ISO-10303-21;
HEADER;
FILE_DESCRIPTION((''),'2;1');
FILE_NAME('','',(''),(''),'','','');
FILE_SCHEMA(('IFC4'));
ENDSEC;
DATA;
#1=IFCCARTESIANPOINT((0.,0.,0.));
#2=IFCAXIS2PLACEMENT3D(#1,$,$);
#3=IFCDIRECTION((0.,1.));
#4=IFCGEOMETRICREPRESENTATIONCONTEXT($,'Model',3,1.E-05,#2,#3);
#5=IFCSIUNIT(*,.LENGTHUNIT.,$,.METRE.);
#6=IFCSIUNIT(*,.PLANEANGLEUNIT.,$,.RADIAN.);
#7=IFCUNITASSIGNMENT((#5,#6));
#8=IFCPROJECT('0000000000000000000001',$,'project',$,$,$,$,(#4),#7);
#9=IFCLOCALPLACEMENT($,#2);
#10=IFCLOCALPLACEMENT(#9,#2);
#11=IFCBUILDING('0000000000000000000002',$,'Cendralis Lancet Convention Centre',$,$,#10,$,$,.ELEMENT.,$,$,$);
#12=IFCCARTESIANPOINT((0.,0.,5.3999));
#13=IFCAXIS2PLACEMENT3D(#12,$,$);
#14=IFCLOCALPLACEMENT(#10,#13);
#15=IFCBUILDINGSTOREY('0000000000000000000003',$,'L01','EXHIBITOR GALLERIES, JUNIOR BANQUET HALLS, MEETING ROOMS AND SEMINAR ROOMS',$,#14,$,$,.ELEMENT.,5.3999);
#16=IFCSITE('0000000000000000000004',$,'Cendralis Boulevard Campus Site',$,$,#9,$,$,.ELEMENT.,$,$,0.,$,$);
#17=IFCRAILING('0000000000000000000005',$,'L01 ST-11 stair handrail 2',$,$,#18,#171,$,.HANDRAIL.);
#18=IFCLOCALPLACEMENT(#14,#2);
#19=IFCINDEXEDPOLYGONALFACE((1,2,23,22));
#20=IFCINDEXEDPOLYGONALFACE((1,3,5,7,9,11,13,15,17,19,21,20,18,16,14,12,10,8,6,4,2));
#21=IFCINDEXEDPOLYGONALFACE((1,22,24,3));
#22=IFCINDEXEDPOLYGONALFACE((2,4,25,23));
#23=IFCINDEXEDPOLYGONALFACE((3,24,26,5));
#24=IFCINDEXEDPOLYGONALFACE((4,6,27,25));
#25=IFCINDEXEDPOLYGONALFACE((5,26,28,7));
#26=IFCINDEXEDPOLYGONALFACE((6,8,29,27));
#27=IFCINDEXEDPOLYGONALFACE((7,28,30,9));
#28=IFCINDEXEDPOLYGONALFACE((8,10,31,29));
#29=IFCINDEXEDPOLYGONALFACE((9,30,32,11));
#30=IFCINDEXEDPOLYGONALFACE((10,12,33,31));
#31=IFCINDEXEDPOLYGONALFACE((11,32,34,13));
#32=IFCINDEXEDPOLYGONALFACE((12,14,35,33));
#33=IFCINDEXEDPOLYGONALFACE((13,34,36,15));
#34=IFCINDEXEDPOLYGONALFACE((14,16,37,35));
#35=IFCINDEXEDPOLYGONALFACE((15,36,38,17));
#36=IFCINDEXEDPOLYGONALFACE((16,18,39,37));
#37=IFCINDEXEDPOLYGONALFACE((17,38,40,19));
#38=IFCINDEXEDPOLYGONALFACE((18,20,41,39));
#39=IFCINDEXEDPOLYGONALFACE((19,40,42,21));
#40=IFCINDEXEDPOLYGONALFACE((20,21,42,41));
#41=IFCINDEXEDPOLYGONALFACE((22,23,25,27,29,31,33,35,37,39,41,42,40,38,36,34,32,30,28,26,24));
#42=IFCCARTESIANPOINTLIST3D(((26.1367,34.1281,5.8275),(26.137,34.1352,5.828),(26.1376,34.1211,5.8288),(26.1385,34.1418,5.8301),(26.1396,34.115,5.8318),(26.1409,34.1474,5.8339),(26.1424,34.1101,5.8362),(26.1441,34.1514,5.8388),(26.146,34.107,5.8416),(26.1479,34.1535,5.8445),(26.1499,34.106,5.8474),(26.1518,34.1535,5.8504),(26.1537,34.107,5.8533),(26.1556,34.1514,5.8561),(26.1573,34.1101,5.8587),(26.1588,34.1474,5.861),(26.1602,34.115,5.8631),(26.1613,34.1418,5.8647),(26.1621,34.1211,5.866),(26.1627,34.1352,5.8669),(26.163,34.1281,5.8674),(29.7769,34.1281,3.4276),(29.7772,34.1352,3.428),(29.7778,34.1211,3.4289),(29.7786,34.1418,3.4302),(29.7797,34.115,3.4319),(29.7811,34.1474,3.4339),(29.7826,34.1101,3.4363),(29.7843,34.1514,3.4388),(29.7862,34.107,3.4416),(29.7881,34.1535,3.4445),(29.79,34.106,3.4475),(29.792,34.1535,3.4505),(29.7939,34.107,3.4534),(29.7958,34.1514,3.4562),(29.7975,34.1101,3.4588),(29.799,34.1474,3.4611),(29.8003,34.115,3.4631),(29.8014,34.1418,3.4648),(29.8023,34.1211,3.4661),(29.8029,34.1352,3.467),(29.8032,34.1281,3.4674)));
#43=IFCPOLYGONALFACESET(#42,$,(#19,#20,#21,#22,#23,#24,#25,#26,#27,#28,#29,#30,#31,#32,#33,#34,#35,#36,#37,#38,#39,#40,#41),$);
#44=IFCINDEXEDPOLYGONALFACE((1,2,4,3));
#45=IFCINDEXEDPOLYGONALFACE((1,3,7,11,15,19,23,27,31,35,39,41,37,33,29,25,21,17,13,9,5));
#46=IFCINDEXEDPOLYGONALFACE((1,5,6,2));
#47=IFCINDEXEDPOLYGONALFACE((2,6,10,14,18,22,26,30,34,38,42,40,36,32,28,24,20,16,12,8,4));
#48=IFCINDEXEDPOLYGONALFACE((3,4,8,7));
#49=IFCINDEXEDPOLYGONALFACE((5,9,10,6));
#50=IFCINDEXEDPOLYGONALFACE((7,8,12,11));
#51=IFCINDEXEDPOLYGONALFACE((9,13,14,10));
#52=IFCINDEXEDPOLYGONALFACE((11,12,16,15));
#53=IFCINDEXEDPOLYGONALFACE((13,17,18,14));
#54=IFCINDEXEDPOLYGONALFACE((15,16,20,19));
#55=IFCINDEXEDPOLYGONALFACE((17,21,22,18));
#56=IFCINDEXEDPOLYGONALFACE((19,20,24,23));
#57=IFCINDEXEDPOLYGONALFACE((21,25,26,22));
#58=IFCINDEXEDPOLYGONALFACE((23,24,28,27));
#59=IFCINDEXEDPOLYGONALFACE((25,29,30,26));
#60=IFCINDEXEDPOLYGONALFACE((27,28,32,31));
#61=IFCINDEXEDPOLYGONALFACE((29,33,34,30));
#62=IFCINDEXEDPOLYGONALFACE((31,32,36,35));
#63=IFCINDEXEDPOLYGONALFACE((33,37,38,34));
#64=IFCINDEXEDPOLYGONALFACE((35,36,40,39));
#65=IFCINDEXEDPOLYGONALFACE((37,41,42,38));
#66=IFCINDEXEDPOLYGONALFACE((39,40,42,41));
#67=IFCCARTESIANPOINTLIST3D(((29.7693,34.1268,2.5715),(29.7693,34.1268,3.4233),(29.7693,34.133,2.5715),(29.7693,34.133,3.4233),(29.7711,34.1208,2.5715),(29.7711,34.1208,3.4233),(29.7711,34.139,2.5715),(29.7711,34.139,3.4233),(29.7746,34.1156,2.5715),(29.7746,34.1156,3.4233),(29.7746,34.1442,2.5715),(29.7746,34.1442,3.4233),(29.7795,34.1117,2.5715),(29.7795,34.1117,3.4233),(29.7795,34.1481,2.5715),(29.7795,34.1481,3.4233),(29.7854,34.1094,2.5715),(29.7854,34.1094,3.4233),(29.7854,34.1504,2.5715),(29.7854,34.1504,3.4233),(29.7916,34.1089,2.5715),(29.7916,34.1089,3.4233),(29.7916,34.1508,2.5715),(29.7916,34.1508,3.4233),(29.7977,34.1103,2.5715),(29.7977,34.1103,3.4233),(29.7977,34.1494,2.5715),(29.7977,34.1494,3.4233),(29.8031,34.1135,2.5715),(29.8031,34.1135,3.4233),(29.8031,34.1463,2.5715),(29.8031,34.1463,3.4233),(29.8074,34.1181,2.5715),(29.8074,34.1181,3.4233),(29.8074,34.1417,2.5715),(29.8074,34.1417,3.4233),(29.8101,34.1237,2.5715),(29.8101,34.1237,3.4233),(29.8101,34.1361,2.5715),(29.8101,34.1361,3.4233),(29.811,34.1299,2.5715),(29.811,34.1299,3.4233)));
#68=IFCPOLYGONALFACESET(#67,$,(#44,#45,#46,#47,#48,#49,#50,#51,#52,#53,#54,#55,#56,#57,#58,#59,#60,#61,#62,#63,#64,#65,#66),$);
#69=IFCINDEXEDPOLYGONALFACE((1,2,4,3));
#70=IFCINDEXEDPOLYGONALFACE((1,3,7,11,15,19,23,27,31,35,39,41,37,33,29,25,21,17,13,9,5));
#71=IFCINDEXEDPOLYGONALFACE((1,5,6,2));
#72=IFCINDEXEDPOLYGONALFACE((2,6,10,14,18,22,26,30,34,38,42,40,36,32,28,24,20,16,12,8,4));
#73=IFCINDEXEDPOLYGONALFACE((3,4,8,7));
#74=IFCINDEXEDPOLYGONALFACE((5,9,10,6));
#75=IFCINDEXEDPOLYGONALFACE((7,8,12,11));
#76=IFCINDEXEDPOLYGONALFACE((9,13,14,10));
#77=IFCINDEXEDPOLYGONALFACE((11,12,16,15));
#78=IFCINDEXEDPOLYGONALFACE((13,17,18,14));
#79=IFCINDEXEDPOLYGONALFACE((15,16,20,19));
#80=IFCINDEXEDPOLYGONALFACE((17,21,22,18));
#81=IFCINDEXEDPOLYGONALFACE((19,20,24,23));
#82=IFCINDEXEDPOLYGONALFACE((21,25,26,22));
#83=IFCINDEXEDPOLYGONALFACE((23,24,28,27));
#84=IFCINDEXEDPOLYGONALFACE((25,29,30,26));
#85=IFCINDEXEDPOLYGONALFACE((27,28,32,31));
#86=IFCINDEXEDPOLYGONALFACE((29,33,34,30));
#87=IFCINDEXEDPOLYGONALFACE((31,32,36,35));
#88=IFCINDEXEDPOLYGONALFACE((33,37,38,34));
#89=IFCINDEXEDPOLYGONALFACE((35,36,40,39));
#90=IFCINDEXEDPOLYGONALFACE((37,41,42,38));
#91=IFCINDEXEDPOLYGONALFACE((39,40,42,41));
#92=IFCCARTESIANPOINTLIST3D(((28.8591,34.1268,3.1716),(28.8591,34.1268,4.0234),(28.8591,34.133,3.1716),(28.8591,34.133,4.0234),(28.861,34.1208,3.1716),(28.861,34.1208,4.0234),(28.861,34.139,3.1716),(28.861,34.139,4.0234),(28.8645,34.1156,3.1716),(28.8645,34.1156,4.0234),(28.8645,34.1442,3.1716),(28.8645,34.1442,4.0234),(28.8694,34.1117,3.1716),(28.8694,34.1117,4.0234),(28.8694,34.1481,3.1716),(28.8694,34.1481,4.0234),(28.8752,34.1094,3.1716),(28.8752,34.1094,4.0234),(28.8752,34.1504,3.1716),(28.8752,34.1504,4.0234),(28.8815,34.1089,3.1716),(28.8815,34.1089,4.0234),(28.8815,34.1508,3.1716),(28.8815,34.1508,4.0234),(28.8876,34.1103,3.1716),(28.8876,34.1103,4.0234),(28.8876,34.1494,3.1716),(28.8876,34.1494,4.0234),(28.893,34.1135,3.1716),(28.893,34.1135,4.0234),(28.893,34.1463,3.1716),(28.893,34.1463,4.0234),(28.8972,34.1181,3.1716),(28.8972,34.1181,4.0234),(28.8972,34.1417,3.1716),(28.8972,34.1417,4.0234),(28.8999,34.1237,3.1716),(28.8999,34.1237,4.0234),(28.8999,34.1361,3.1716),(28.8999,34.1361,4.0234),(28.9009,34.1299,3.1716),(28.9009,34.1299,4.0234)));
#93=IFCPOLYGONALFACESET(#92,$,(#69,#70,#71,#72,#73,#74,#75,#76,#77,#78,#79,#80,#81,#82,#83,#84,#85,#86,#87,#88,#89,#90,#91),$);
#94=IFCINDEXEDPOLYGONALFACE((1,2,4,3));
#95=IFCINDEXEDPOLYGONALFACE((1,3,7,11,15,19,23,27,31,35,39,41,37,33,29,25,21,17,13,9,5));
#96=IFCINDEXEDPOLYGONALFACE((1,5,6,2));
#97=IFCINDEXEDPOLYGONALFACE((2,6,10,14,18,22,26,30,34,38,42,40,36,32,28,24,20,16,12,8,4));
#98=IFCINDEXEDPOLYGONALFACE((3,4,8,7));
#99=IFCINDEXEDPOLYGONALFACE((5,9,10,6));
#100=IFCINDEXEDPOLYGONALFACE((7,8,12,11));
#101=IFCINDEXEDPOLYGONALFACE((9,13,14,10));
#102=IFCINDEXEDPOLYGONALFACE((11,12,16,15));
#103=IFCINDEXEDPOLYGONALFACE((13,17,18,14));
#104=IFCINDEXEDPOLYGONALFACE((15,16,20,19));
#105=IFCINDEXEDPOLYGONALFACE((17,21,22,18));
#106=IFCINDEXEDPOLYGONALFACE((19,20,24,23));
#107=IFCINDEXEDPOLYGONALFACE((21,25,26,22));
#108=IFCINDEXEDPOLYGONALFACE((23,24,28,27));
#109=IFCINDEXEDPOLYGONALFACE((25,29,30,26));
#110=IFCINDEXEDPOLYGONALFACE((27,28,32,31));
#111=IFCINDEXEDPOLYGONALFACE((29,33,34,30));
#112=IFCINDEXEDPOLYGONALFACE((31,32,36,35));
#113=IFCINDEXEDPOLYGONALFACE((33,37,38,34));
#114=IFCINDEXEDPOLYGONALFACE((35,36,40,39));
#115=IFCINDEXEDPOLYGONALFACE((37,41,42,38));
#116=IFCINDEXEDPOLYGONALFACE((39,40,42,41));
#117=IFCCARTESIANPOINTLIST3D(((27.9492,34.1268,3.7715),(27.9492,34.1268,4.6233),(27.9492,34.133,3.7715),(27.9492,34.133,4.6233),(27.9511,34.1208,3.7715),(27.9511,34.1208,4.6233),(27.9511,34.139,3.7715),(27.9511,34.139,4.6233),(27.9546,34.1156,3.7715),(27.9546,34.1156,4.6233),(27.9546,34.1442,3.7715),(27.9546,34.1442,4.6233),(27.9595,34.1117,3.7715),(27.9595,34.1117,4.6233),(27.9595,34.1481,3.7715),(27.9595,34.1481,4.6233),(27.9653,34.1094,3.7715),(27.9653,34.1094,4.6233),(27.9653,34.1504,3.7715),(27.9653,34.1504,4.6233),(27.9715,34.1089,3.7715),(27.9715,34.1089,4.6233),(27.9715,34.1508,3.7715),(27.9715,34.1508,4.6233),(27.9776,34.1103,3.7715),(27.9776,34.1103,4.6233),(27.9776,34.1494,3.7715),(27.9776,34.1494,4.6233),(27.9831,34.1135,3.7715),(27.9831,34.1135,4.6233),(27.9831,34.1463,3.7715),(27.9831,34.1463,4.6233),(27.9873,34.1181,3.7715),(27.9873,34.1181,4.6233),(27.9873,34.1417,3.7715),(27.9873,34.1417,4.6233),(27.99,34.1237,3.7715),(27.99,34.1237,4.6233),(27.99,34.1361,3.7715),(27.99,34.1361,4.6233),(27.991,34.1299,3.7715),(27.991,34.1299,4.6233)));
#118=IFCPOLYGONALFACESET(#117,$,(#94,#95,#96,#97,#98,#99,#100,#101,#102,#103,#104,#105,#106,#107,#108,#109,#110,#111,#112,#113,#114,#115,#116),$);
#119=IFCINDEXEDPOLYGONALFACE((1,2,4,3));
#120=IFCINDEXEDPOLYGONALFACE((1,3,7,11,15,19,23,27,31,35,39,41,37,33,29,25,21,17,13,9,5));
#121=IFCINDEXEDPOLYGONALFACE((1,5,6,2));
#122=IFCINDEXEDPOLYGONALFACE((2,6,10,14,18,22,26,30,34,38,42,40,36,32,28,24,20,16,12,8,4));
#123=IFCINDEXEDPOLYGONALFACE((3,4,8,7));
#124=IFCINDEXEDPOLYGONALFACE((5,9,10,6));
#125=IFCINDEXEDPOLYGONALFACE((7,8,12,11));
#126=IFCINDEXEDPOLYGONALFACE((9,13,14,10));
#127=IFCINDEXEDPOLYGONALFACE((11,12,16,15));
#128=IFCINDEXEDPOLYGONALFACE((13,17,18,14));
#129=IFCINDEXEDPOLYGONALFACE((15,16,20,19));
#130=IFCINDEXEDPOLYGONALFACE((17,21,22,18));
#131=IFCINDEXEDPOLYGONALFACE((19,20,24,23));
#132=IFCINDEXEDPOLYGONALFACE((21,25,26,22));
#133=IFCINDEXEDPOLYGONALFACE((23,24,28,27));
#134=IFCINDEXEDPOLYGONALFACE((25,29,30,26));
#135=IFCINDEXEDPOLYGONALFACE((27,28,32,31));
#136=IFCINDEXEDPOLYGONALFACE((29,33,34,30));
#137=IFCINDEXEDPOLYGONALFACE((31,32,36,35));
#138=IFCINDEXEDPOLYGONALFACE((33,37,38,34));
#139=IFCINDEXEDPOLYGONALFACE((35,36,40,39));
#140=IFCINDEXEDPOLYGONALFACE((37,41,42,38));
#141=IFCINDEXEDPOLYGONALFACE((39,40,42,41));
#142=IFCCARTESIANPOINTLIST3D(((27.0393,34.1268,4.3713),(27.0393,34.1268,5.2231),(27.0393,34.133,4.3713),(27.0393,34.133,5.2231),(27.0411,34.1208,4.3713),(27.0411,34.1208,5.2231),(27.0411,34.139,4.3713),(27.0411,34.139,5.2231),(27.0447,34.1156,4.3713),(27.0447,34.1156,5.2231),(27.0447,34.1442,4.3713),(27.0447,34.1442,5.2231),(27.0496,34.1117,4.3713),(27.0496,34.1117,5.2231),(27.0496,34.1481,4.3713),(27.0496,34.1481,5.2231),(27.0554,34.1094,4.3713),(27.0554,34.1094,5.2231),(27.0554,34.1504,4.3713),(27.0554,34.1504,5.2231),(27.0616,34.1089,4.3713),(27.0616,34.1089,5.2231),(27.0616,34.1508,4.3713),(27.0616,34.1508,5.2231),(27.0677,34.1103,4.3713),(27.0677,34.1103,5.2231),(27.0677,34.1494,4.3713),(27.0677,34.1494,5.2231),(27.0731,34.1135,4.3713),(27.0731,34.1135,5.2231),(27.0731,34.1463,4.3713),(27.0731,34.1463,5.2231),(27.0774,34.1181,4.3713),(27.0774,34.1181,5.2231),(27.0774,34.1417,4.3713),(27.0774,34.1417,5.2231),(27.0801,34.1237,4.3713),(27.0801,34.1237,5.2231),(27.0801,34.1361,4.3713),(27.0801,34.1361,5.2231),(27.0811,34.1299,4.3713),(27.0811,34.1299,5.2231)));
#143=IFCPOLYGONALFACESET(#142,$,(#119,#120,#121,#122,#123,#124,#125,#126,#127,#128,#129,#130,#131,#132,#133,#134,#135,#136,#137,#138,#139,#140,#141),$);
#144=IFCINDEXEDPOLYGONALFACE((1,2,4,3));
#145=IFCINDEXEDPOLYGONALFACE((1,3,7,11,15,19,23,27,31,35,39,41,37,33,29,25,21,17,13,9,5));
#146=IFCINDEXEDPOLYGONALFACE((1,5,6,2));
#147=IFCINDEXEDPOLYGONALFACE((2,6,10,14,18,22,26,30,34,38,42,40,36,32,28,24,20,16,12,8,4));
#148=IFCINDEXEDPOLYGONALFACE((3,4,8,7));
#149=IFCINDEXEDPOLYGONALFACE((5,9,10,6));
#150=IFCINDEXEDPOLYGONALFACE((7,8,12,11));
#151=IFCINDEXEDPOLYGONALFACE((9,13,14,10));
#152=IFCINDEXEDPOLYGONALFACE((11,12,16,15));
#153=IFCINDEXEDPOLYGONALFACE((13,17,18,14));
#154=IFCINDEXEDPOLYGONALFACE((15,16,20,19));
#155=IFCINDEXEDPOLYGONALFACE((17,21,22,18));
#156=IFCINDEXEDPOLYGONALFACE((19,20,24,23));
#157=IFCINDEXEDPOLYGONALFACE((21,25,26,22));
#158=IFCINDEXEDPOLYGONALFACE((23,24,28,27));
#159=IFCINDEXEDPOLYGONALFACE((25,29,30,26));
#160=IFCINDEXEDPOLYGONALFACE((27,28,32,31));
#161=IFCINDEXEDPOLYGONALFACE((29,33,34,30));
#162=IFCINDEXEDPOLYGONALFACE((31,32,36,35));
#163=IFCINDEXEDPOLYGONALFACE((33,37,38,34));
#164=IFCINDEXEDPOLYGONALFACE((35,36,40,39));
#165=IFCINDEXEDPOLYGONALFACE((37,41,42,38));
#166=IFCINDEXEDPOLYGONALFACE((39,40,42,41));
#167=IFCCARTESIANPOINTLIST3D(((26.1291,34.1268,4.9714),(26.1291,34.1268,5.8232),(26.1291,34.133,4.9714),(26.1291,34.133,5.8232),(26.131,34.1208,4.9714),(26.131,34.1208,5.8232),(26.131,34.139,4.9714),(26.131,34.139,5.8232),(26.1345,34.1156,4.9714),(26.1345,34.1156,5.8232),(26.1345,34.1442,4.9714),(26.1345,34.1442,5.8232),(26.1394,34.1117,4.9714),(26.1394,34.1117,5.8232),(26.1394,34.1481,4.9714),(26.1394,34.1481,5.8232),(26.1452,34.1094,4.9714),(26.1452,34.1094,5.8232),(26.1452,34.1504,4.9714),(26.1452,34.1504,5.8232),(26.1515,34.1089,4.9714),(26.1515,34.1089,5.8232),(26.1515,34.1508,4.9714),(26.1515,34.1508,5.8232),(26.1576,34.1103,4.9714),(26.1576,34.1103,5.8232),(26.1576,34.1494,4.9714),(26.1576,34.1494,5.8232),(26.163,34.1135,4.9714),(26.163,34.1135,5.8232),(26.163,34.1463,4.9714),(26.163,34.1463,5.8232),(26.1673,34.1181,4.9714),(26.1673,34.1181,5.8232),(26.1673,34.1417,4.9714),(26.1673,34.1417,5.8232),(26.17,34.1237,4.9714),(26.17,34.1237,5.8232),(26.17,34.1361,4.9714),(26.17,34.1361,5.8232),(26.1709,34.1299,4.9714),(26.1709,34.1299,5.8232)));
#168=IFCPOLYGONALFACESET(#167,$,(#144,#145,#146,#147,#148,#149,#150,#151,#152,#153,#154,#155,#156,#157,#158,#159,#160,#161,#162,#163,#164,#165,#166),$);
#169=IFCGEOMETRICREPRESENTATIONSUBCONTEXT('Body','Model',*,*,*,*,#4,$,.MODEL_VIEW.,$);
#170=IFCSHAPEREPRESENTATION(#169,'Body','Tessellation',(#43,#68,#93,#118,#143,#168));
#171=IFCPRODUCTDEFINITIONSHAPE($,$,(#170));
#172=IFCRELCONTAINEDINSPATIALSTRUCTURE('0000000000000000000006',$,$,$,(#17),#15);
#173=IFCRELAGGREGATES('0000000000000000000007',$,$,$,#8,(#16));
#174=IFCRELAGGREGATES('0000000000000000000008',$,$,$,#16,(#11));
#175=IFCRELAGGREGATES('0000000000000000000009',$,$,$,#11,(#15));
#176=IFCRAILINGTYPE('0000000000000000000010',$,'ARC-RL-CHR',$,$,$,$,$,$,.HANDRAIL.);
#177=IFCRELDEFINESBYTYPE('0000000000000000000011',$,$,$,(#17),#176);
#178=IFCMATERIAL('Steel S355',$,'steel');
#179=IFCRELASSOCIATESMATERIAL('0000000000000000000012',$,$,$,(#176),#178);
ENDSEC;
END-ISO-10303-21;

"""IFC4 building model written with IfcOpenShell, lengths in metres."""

from ifc_helpers import new_model, si_unit, direction, frame, origin, origin_2d, place, context, subcontext, project, spatial, circle, extrude, material, type_object, element, save


model = new_model("IFC4")

# Units and contexts
model_context = context("Model", 3, precision=1e-05, world=origin(), true_north=direction((0.0, 1.0)))
body_context = subcontext(model_context, "Body", "Model", "MODEL_VIEW")
ifc_project = project(units=[si_unit("LENGTHUNIT", "METRE"), si_unit("PLANEANGLEUNIT", "RADIAN")], contexts=[model_context])

# Site, building, storey
site_placement = place(None, origin())
site = spatial("IfcSite", under=ifc_project, at=site_placement, Name="Cendralis Boulevard Campus Site", CompositionType="ELEMENT", RefElevation=0.0)
building_placement = place(site_placement, origin())
building = spatial("IfcBuilding", under=site, at=building_placement, Name="Cendralis Lancet Convention Centre", CompositionType="ELEMENT")
storey_placement = place(building_placement, frame((0.0, 0.0, 5.3999)))
storey = spatial("IfcBuildingStorey", under=building, at=storey_placement, Name="L01", Description="EXHIBITOR GALLERIES, JUNIOR BANQUET HALLS, MEETING ROOMS AND SEMINAR ROOMS", CompositionType="ELEMENT", Elevation=5.3999)

# Shared definitions
ifc_material_1 = material(Name="Steel S355", Category="steel")

# Railing
railing_type_1 = type_object("IfcRailingType", Name="ARC-RL-CHR", PredefinedType="HANDRAIL", material=ifc_material_1)
railing_1_placement = place(storey_placement, frame((29.79, 34.1299, 2.5715)))
element("IfcRailing", 1, at=railing_1_placement, inside=storey, type_object=railing_type_1, Name="L01 ST-11 stair handrail 2", PredefinedType="HANDRAIL", context=body_context, shape_type="SweptSolid", body=[
    extrude(circle(Radius=0.0239, at=origin_2d()), frame((0.0, 0.0, 0.876), z_axis=(-0.834882, 0.0, 0.550429), x_axis=(0.0, -1.0, 0.0)), (0.0, 0.0, 1.0), 4.3601),
    extrude(circle(Radius=0.021, at=origin_2d()), origin(), (0.0, 0.0, 1.0), 0.8518),
    extrude(circle(Radius=0.021, at=origin_2d()), frame((-0.9102, 0.0, 0.6001)), (0.0, 0.0, 1.0), 0.8518),
    extrude(circle(Radius=0.021, at=origin_2d()), frame((-1.8201, 0.0, 1.2)), (0.0, 0.0, 1.0), 0.8518),
    extrude(circle(Radius=0.021, at=origin_2d()), frame((-2.73, 0.0, 1.7998)), (0.0, 0.0, 1.0), 0.8518),
    extrude(circle(Radius=0.021, at=origin_2d()), frame((-3.6401, 0.0, 2.3999)), (0.0, 0.0, 1.0), 0.8518),
])

save(model, "model.ifc")
